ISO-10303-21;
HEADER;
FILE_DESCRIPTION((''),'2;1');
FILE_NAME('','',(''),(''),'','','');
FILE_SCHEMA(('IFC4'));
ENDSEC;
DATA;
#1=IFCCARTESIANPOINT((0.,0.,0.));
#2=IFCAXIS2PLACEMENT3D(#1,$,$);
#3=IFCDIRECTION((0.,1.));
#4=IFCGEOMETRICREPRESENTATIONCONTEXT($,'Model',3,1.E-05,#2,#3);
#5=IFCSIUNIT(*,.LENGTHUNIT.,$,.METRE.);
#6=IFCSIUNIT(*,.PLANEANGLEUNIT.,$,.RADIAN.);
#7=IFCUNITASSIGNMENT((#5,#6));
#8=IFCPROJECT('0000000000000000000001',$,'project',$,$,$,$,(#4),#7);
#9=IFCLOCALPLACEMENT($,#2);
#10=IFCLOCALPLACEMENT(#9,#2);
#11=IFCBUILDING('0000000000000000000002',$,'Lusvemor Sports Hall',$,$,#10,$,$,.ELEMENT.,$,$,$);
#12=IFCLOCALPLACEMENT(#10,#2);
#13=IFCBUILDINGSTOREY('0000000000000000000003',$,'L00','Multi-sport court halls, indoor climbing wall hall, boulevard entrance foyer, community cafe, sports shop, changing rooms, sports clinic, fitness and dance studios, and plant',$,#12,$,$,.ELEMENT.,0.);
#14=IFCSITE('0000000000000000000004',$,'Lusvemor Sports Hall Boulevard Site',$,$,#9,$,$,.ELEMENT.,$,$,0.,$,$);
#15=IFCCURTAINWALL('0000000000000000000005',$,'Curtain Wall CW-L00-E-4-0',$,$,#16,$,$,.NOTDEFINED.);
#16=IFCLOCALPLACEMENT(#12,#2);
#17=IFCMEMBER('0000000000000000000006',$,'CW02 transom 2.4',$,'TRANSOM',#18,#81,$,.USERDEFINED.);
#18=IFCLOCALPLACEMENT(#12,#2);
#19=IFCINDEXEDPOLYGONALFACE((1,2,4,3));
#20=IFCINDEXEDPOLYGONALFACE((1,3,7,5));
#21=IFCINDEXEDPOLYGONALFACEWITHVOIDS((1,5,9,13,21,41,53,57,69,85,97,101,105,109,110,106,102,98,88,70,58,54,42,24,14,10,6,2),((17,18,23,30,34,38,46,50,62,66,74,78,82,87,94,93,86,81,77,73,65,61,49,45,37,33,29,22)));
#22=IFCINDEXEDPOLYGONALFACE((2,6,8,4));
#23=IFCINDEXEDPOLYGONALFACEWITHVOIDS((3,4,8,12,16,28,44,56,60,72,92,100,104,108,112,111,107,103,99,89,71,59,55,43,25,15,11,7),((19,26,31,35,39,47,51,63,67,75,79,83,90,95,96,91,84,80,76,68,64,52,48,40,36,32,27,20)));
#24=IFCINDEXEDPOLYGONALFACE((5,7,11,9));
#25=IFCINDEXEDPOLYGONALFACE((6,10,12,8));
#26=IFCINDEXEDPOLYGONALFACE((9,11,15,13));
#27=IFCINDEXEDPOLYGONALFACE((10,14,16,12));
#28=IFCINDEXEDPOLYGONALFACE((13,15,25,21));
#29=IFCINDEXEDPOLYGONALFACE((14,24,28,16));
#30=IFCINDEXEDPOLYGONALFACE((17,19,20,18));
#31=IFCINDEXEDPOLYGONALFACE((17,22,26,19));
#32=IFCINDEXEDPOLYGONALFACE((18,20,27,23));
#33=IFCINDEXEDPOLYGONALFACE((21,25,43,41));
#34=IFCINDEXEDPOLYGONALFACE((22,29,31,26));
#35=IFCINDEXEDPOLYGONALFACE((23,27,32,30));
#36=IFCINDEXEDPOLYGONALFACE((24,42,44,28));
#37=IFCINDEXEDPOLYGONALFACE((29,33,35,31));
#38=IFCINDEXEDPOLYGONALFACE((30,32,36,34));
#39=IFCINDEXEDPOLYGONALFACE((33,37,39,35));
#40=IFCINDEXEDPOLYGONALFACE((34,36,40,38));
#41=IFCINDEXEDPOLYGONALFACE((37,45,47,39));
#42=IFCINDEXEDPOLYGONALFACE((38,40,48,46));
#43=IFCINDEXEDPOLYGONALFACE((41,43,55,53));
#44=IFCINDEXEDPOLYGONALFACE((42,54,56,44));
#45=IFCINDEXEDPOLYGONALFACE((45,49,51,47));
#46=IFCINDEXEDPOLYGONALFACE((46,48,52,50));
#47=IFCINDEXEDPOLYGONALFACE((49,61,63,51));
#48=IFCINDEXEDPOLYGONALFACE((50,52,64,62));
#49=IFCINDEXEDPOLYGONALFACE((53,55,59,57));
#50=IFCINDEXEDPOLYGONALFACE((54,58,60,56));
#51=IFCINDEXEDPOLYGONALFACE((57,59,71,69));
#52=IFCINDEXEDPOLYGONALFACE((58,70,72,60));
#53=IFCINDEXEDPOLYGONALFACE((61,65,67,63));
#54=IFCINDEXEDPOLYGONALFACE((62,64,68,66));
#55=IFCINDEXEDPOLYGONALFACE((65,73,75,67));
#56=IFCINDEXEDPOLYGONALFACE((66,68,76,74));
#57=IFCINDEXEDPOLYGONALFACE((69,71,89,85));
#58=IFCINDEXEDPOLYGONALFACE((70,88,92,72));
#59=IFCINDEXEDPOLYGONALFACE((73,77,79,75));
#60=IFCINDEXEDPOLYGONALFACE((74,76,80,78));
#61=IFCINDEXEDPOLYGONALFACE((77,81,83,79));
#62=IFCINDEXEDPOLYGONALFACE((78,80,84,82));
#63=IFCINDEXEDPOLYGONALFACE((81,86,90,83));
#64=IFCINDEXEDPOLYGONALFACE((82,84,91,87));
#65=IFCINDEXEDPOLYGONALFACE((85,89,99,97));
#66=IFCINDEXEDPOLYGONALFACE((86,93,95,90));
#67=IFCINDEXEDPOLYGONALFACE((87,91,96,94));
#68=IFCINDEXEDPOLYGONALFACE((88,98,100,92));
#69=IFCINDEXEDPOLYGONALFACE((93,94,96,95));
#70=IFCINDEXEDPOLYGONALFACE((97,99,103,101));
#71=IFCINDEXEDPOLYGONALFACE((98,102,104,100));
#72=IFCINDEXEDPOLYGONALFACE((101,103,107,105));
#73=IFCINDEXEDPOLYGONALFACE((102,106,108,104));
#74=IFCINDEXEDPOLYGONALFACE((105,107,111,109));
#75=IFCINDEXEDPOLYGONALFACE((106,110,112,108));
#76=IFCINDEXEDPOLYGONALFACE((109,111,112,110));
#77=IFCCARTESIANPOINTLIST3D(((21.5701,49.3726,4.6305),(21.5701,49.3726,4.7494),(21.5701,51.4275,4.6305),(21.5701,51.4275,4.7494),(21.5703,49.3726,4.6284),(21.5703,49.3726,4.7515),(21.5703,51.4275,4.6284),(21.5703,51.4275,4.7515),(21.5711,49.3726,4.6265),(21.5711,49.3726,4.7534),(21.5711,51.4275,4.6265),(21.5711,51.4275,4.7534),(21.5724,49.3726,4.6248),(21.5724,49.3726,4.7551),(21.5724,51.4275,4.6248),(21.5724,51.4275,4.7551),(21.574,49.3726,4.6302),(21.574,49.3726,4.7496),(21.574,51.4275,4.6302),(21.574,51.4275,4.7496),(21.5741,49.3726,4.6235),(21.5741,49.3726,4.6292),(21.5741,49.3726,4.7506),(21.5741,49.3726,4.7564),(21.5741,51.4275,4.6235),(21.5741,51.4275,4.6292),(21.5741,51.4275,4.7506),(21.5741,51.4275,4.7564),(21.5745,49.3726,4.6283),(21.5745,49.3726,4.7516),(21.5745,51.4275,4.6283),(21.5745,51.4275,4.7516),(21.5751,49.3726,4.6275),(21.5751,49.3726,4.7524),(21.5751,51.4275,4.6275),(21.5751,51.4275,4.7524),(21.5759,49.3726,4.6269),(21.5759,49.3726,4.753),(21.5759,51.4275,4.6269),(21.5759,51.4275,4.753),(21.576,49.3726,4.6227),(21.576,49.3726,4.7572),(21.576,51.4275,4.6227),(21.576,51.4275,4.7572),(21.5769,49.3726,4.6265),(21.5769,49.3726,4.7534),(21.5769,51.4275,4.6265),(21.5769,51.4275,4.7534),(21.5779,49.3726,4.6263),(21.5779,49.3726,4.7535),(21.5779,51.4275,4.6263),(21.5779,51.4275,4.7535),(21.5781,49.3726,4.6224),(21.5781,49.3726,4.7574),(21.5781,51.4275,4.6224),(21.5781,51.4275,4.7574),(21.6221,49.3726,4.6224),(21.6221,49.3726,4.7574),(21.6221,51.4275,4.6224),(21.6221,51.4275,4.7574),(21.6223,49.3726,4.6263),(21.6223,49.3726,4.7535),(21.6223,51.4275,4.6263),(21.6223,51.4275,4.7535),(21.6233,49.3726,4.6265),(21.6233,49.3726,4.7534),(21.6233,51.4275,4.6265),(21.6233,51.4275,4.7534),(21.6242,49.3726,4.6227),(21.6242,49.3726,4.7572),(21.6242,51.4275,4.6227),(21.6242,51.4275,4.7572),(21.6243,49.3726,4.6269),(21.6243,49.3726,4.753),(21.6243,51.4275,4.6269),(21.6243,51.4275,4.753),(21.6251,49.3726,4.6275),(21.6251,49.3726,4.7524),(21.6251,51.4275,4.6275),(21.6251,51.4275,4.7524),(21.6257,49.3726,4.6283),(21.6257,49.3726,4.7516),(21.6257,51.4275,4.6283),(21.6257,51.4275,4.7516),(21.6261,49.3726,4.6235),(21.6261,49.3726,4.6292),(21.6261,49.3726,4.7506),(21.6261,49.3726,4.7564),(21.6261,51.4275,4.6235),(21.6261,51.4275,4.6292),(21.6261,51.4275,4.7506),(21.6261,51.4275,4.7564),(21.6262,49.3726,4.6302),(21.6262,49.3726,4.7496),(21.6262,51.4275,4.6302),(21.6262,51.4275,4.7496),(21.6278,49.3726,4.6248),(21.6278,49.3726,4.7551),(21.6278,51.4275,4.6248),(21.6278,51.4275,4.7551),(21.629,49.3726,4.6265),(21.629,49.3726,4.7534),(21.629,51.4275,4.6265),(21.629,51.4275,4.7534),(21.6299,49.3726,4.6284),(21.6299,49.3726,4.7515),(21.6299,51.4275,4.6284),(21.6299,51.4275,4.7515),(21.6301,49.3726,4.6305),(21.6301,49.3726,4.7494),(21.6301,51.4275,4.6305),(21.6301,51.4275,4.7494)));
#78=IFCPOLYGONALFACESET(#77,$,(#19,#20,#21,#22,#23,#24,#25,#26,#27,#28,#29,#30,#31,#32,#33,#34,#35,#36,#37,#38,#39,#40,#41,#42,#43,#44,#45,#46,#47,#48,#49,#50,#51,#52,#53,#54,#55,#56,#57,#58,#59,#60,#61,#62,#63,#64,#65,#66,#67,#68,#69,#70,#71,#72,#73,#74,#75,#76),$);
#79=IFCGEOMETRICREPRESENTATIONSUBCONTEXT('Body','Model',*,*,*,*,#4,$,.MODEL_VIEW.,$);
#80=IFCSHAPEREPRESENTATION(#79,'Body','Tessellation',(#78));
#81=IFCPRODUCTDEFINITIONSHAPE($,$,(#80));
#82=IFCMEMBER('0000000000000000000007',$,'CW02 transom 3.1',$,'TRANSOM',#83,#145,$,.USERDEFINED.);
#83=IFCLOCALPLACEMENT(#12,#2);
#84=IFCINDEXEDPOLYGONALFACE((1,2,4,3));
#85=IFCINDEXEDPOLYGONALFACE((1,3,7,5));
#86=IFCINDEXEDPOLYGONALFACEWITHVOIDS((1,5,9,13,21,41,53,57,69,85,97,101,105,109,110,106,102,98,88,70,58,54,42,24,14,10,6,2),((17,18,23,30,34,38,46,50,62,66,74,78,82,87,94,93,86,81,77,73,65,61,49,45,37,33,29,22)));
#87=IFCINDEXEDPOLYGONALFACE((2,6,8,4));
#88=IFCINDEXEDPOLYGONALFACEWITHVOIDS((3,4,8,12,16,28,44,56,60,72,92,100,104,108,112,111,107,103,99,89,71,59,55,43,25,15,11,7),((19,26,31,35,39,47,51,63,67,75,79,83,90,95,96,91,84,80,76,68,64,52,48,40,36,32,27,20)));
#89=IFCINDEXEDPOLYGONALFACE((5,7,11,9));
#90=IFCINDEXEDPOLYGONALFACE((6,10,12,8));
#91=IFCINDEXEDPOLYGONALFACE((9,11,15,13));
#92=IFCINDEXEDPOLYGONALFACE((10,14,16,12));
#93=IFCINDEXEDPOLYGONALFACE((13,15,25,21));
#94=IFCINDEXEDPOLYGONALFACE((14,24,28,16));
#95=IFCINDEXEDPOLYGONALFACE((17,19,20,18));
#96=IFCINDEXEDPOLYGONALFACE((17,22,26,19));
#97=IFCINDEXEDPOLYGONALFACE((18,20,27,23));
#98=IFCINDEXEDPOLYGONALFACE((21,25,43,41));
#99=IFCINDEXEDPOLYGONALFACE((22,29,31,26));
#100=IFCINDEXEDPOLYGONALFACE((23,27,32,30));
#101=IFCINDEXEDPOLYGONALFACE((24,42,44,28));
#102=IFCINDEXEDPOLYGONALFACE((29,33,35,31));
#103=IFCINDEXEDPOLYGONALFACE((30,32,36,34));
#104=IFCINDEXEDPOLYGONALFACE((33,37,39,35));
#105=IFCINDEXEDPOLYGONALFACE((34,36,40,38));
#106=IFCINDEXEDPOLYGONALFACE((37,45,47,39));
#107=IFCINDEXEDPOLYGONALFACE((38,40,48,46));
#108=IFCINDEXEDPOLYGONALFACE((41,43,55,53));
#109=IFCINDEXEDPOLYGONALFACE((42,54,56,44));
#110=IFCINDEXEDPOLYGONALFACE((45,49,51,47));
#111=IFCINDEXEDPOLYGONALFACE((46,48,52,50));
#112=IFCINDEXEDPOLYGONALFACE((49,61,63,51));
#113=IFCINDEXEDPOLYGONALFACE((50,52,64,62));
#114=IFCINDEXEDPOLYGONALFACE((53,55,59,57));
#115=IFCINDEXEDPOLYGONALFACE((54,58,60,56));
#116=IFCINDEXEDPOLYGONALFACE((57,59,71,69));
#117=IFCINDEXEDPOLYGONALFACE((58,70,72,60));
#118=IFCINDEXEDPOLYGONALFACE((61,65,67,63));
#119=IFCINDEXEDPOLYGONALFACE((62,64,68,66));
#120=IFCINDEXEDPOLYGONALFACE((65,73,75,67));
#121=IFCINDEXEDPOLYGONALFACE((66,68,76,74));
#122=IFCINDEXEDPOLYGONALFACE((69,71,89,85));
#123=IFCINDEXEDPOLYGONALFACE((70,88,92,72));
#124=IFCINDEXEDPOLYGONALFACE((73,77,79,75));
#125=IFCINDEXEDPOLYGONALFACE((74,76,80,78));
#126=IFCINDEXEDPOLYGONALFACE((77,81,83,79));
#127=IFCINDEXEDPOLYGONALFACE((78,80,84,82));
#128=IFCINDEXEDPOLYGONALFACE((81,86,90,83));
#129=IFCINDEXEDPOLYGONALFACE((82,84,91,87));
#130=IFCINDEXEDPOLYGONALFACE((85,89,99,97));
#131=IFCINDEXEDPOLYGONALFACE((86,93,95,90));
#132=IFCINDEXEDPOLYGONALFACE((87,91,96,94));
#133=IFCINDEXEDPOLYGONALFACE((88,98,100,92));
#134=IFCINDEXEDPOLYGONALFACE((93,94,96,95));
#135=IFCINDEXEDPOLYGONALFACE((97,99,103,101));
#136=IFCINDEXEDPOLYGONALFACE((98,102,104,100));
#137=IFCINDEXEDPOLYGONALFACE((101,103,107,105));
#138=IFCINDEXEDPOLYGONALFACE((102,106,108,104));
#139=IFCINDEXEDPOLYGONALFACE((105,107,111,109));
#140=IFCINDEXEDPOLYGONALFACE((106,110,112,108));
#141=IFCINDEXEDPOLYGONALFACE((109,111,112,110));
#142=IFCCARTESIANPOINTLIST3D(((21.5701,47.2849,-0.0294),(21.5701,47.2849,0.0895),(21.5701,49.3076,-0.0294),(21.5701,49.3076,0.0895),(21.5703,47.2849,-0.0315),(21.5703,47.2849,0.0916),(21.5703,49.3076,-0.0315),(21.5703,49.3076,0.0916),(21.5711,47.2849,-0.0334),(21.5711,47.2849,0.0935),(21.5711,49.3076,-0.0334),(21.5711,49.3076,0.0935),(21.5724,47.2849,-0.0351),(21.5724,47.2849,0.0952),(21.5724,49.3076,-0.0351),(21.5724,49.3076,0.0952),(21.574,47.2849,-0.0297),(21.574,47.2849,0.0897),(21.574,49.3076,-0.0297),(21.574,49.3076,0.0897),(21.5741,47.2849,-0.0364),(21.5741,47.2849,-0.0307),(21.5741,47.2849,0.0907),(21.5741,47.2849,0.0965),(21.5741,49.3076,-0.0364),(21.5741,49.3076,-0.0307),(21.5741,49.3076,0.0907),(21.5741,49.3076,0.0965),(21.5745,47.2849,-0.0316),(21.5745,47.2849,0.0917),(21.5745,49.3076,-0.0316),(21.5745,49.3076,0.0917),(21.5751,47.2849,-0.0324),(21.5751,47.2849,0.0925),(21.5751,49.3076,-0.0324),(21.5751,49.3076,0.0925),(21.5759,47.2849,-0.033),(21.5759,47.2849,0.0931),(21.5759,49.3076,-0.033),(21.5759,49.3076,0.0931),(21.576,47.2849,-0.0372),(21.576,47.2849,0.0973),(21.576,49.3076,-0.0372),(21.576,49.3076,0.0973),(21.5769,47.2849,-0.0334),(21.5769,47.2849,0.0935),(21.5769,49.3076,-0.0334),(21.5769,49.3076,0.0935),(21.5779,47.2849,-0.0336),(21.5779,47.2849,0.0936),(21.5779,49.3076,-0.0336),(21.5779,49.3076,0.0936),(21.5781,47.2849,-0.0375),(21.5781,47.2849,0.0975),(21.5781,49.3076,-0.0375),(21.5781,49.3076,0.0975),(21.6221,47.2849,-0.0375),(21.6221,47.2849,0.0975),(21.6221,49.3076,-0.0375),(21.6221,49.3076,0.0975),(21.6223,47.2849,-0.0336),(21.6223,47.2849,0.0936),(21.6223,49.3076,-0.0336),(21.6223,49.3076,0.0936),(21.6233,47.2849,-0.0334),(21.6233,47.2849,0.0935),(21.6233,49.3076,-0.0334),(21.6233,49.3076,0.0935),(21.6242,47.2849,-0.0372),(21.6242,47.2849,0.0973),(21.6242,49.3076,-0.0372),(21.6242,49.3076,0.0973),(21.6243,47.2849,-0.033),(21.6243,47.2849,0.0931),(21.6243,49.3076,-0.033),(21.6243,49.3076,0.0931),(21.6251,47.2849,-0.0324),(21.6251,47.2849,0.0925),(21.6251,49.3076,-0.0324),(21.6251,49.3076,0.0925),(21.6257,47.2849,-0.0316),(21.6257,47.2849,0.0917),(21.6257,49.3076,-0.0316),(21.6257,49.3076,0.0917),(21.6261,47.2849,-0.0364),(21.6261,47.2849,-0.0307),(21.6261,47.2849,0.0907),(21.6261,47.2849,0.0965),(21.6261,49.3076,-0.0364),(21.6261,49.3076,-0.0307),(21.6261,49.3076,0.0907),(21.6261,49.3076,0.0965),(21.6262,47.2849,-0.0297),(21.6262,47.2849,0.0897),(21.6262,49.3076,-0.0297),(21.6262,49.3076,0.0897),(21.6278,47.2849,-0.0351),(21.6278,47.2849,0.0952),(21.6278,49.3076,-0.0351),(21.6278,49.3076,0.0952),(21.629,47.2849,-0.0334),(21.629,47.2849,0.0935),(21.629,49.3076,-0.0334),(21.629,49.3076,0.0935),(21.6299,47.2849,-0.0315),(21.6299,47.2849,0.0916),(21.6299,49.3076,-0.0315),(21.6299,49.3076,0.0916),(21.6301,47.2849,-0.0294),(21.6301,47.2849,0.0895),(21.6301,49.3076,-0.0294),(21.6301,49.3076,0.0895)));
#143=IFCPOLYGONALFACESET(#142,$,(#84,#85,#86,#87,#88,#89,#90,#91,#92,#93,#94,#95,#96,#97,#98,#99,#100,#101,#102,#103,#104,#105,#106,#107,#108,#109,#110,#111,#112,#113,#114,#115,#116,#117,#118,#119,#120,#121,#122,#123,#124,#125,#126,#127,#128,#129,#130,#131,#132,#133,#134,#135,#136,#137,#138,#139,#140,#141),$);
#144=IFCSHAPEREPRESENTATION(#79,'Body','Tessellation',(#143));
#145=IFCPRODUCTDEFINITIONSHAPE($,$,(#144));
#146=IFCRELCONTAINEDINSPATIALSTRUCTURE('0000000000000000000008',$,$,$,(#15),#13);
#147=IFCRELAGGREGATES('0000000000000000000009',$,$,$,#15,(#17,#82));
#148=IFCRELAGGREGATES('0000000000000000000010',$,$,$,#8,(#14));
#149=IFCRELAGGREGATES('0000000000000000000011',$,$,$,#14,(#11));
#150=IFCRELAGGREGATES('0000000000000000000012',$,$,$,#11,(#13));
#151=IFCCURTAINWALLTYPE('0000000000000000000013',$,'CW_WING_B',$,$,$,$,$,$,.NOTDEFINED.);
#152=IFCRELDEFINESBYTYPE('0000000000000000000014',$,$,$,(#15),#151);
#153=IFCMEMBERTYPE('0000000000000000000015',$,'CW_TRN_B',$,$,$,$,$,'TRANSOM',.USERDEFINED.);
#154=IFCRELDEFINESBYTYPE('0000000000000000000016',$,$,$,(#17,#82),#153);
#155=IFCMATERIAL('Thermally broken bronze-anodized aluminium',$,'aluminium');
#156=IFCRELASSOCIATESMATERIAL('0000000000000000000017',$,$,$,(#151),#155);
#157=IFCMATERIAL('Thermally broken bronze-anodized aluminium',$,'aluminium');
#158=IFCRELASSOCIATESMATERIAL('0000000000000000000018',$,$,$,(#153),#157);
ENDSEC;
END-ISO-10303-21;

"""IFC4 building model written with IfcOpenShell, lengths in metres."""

from ifc_helpers import new_model, si_unit, direction, frame, origin, origin_2d, place, context, subcontext, project, spatial, hollow_rectangle, extrude, material, material_profile, profile_set, type_object, element, aggregate, save


model = new_model("IFC4")

# Units and contexts
model_context = context("Model", 3, precision=1e-05, world=origin(), true_north=direction((0.0, 1.0)))
body_context = subcontext(model_context, "Body", "Model", "MODEL_VIEW")
ifc_project = project(units=[si_unit("LENGTHUNIT", "METRE"), si_unit("PLANEANGLEUNIT", "RADIAN")], contexts=[model_context])

# Site, building, storey
site_placement = place(None, origin())
site = spatial("IfcSite", under=ifc_project, at=site_placement, Name="Lusvemor Sports Hall Boulevard Site", CompositionType="ELEMENT", RefElevation=0.0)
building_placement = place(site_placement, origin())
building = spatial("IfcBuilding", under=site, at=building_placement, Name="Lusvemor Sports Hall", CompositionType="ELEMENT")
storey_placement = place(building_placement, origin())
storey = spatial("IfcBuildingStorey", under=building, at=storey_placement, Name="L00", Description="Multi-sport court halls, indoor climbing wall hall, boulevard entrance foyer, community cafe, sports shop, changing rooms, sports clinic, fitness and dance studios, and plant", CompositionType="ELEMENT", Elevation=0.0)

# Curtain wall, members
ifc_material_1 = material(Name="Thermally broken bronze-anodized aluminium", Category="aluminium")
curtain_wall_type = type_object("IfcCurtainWallType", Name="CW_WING_B", PredefinedType="NOTDEFINED", material=ifc_material_1)
curtain_wall_placement = place(storey_placement, origin())
curtain_wall = element("IfcCurtainWall", 1, at=curtain_wall_placement, inside=storey, type_object=curtain_wall_type, Name="Curtain Wall CW-L00-E-4-0", PredefinedType="NOTDEFINED")
ifc_material_2 = material(Name="Thermally broken bronze-anodized aluminium", Category="aluminium")
ifc_material_profile_1 = material_profile(ifc_material_2, hollow_rectangle(XDim=0.0601, YDim=0.135, WallThickness=0.0039, InnerFilletRadius=0.0039, OuterFilletRadius=0.0081, at=origin_2d()), Name="CWTRN135x60x4")
ifc_profile_set_1 = profile_set([ifc_material_profile_1], Name="Thermally broken bronze-anodized aluminium")
member_type_1 = type_object("IfcMemberType", Name="CW_TRN_B", ElementType="TRANSOM", PredefinedType="USERDEFINED", material=ifc_profile_set_1)
member_1_placement = place(storey_placement, frame((21.6001, 51.4275, 4.6899), z_axis=(0.0, -1.0, 0.0), x_axis=(1.0, 0.0, 0.0)))
member_1 = element("IfcMember", 2, at=member_1_placement, type_object=member_type_1, Name="CW02 transom 2.4", ObjectType="TRANSOM", PredefinedType="USERDEFINED", context=body_context, shape_type="SweptSolid", body=[
    extrude(hollow_rectangle(XDim=0.0601, YDim=0.135, WallThickness=0.0039, InnerFilletRadius=0.0039, OuterFilletRadius=0.0081, at=origin_2d()), origin(), (0.0, 0.0, 1.0), 2.0549),
])
member_2_placement = place(storey_placement, frame((21.6001, 49.3076, 0.03), z_axis=(0.0, -1.0, 0.0), x_axis=(1.0, 0.0, 0.0)))
member_2 = element("IfcMember", 3, at=member_2_placement, type_object=member_type_1, Name="CW02 transom 3.1", ObjectType="TRANSOM", PredefinedType="USERDEFINED", context=body_context, shape_type="SweptSolid", body=[
    extrude(hollow_rectangle(XDim=0.0601, YDim=0.135, WallThickness=0.0039, InnerFilletRadius=0.0039, OuterFilletRadius=0.0081, at=origin_2d()), origin(), (0.0, 0.0, 1.0), 2.0227),
])
aggregate(curtain_wall, [member_1, member_2])

save(model, "model.ifc")
